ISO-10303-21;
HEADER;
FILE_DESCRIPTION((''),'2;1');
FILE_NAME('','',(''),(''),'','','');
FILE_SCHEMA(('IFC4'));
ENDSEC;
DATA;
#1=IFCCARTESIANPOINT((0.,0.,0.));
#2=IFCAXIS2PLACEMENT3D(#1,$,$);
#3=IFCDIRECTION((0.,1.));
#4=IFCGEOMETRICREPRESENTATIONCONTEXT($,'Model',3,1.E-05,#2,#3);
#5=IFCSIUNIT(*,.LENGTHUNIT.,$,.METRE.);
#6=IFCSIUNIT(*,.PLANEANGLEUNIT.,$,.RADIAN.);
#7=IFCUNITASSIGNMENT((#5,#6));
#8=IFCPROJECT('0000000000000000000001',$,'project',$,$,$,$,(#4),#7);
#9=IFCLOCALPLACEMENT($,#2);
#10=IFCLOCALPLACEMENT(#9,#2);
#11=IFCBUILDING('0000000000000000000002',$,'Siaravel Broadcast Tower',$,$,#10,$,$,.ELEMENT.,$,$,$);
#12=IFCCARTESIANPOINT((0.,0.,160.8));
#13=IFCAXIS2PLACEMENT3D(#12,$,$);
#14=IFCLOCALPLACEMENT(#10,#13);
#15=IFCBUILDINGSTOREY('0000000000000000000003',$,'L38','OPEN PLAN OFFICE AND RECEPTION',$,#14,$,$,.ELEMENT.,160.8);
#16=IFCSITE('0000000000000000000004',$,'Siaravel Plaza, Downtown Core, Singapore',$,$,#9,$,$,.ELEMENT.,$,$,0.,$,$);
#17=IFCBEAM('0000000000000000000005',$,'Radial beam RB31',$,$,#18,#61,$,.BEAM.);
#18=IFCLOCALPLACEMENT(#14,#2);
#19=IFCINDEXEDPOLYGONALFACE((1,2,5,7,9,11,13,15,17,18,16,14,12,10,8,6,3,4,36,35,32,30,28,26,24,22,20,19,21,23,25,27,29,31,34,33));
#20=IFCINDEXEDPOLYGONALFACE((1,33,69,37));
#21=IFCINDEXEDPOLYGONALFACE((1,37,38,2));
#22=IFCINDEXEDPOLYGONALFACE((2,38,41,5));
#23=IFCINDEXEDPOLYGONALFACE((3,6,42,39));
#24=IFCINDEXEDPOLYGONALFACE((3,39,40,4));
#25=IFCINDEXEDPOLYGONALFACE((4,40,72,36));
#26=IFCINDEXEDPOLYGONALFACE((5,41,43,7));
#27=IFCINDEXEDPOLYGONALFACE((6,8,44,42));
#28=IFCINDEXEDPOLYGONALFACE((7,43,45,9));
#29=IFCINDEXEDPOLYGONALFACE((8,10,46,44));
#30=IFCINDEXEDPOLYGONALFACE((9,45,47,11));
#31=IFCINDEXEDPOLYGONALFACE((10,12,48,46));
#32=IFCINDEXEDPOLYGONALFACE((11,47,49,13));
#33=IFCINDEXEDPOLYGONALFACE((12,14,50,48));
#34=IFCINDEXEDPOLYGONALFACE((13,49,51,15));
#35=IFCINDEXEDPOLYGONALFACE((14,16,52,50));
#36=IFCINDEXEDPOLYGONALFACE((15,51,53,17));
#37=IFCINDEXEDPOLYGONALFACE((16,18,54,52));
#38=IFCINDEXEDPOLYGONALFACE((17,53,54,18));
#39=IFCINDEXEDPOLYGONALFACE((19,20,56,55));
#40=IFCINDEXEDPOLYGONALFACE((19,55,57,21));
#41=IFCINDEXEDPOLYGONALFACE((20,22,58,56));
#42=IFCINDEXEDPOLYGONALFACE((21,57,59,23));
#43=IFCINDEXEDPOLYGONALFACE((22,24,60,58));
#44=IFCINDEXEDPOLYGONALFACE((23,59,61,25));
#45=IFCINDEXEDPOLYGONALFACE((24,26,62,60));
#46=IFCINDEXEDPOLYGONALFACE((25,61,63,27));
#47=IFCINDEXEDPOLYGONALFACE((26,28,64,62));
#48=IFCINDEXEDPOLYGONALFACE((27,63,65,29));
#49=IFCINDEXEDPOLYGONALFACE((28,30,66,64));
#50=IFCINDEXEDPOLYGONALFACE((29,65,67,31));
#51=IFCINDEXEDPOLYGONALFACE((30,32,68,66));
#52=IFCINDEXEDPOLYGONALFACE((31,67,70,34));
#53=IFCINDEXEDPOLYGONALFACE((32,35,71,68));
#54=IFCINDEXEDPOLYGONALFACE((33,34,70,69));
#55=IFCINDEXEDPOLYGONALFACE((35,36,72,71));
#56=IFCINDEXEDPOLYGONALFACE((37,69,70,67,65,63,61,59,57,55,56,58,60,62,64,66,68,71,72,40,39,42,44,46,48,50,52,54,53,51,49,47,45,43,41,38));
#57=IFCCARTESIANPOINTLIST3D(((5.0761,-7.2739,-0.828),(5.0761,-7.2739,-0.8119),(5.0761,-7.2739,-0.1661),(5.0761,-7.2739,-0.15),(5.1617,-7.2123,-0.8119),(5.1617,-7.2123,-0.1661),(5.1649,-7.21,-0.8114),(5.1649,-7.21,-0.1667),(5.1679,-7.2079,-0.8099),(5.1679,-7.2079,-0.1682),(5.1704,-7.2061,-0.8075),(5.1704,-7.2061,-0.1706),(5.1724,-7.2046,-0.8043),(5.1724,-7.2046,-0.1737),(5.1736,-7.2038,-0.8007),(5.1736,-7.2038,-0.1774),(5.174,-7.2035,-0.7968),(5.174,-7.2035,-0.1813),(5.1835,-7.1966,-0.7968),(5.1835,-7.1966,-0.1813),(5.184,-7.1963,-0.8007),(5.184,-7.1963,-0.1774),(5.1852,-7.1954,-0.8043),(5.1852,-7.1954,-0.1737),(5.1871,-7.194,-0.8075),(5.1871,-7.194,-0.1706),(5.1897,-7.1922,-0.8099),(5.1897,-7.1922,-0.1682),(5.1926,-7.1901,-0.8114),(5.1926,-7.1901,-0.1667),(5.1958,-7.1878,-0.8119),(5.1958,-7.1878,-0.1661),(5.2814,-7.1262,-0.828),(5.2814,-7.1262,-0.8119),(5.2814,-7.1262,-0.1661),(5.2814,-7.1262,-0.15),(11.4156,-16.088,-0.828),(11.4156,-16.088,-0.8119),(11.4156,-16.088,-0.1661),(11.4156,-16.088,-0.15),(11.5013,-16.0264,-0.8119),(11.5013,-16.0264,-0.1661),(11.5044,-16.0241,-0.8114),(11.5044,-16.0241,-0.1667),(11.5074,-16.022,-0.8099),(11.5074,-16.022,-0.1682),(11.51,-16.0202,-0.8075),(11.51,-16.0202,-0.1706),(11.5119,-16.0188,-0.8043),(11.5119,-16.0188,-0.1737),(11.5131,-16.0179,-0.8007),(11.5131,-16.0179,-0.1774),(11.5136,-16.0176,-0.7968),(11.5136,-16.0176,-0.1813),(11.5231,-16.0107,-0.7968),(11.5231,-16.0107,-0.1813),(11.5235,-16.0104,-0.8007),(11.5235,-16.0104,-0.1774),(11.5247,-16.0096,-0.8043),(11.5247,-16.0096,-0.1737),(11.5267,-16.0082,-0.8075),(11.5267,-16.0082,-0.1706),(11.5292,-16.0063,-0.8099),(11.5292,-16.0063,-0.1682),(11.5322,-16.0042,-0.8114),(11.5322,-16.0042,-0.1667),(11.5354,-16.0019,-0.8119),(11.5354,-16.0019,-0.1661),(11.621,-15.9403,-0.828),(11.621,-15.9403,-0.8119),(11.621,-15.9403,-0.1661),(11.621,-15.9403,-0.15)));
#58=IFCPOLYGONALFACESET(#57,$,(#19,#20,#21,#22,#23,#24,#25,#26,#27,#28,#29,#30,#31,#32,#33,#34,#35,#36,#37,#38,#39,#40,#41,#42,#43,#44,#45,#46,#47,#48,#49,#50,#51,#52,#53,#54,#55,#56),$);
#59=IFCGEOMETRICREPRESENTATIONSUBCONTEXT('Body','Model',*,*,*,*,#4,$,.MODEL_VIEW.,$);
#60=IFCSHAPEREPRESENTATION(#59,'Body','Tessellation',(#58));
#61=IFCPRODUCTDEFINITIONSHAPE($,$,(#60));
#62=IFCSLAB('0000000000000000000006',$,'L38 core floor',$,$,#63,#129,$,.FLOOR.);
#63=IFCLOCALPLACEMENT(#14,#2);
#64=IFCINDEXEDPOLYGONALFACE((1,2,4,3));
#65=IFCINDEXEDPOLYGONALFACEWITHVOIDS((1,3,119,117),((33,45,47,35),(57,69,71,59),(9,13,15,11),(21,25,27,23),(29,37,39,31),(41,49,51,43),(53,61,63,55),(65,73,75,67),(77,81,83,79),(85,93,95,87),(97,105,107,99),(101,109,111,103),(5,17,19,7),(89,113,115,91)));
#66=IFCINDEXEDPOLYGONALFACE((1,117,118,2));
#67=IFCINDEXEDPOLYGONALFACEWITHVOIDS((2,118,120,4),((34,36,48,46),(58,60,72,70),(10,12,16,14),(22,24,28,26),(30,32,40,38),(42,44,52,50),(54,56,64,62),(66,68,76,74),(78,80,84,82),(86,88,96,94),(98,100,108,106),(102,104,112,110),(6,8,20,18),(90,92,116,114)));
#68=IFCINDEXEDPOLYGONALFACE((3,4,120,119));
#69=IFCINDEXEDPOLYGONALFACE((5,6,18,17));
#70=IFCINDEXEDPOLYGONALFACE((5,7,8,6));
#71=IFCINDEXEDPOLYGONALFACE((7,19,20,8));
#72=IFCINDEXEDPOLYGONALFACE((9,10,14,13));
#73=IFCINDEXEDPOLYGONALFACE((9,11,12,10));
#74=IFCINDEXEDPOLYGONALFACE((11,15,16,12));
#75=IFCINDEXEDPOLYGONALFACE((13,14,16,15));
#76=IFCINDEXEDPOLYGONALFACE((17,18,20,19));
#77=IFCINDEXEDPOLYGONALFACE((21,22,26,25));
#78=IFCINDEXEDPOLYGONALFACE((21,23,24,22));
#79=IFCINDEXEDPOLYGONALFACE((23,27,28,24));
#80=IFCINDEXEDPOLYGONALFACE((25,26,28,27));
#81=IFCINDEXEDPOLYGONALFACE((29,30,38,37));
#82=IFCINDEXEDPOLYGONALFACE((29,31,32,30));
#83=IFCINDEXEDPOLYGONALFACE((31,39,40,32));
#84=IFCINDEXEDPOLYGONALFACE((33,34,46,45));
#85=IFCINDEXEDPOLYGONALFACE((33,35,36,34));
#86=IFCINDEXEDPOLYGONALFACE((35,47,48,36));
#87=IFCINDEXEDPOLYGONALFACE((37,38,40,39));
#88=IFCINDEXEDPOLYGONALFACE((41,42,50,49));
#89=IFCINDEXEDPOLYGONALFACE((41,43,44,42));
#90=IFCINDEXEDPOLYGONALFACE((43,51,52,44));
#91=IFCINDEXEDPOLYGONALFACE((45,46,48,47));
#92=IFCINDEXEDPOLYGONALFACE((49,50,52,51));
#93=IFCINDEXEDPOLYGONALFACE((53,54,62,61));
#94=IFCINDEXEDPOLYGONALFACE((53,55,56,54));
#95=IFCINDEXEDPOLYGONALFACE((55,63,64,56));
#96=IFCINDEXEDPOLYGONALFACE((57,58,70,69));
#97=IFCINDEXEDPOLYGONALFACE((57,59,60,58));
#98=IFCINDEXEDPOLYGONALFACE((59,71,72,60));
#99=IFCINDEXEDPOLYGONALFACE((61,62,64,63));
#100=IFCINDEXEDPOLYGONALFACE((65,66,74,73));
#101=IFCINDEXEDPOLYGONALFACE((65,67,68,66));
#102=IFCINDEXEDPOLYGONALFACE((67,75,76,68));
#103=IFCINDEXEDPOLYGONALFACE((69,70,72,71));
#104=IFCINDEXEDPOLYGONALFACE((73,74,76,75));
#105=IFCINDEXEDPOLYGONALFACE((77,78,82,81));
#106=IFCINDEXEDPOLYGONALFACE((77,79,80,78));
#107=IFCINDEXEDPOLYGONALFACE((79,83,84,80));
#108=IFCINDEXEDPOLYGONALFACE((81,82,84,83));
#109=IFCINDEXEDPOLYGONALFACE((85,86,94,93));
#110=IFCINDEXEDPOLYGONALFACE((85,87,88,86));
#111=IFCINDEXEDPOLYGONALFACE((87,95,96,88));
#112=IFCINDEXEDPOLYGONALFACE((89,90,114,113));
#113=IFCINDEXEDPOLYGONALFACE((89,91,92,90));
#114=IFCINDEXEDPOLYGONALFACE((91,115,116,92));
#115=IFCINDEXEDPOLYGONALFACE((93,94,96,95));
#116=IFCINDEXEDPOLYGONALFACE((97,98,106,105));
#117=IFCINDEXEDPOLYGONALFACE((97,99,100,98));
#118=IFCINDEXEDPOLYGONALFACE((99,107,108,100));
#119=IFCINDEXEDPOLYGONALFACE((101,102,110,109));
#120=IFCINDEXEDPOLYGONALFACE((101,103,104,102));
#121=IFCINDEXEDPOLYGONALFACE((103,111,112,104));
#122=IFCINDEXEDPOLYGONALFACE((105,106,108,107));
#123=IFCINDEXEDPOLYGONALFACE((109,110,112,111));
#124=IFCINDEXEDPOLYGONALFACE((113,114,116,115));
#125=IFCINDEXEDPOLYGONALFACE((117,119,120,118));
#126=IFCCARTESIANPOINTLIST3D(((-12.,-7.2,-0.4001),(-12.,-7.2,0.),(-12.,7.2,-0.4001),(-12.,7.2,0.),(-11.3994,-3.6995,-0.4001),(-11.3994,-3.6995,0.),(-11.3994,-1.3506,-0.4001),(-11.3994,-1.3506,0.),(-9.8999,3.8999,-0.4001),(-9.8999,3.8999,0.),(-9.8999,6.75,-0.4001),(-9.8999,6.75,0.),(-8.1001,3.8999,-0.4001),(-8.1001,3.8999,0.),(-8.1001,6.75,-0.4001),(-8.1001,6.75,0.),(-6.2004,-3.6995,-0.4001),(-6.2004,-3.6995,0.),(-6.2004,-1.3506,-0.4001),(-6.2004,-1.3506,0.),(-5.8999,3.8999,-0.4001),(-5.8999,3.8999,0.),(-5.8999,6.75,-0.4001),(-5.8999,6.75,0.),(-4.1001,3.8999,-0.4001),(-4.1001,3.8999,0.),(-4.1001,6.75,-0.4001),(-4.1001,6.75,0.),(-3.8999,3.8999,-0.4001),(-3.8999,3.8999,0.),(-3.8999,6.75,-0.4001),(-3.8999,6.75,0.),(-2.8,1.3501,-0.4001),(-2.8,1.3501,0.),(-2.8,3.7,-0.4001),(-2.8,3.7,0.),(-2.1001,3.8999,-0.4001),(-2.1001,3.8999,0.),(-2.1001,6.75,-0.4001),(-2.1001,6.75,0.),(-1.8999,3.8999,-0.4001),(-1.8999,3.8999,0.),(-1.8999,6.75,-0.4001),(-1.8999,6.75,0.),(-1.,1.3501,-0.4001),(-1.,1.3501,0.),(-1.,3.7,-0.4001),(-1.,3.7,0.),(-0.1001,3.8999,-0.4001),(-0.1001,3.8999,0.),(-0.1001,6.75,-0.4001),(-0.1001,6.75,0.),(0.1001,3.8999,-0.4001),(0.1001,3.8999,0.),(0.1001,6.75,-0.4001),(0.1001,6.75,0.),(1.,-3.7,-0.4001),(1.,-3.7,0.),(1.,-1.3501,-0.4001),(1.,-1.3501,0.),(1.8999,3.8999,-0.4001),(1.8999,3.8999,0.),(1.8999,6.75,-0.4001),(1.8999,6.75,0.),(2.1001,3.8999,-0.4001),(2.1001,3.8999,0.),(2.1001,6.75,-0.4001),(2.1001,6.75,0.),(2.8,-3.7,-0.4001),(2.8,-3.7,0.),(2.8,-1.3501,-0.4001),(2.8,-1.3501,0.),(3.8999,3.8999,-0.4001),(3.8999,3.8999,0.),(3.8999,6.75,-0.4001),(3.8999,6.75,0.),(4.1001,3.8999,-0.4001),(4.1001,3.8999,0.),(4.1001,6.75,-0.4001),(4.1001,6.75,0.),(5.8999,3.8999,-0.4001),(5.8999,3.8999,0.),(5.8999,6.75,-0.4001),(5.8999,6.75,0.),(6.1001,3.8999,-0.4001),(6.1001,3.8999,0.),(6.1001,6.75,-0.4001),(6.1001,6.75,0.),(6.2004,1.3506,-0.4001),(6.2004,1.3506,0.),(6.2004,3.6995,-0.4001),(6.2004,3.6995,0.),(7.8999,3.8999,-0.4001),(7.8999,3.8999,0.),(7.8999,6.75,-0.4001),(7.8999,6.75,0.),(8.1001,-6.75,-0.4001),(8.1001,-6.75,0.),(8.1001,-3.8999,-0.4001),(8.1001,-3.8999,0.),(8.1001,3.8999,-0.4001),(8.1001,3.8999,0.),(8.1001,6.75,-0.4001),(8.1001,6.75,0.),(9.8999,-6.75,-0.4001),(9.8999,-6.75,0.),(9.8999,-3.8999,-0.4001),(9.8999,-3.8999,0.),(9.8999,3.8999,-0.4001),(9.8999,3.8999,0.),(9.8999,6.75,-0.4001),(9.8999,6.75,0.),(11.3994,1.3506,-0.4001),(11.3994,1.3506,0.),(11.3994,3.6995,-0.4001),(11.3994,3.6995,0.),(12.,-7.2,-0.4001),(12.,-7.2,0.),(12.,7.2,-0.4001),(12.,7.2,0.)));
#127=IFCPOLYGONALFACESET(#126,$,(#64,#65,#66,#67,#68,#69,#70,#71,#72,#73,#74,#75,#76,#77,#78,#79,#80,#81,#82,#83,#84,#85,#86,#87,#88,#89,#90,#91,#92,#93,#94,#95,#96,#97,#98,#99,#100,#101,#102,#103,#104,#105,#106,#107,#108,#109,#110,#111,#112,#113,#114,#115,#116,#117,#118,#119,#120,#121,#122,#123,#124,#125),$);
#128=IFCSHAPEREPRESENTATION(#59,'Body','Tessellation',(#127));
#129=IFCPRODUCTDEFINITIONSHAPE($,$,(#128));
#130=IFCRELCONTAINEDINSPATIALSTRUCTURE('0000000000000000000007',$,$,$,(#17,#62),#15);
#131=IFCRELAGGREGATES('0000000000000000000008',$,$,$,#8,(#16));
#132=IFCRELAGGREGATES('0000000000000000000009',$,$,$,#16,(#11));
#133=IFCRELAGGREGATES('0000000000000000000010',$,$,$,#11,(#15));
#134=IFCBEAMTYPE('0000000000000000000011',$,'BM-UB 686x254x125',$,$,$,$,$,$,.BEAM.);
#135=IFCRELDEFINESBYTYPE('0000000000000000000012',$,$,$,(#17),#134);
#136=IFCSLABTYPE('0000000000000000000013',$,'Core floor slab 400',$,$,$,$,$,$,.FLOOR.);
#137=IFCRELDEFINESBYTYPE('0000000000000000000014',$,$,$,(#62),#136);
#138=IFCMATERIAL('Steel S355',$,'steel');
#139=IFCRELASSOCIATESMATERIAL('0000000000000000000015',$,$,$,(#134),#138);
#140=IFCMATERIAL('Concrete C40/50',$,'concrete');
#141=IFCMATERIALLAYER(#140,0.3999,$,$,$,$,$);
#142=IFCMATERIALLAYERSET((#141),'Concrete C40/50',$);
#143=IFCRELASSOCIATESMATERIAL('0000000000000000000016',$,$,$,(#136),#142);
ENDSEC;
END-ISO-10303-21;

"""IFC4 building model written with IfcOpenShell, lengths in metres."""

from ifc_helpers import new_model, si_unit, direction, frame, origin, origin_2d, place, context, subcontext, project, spatial, polyline, i_section, outline, extrude, material, layer, layer_set, material_profile, profile_set, type_object, element, save


model = new_model("IFC4")

# Units and contexts
model_context = context("Model", 3, precision=1e-05, world=origin(), true_north=direction((0.0, 1.0)))
body_context = subcontext(model_context, "Body", "Model", "MODEL_VIEW")
ifc_project = project(units=[si_unit("LENGTHUNIT", "METRE"), si_unit("PLANEANGLEUNIT", "RADIAN")], contexts=[model_context])

# Site, building, storey
site_placement = place(None, origin())
site = spatial("IfcSite", under=ifc_project, at=site_placement, Name="Siaravel Plaza, Downtown Core, Singapore", CompositionType="ELEMENT", RefElevation=0.0)
building_placement = place(site_placement, origin())
building = spatial("IfcBuilding", under=site, at=building_placement, Name="Siaravel Broadcast Tower", CompositionType="ELEMENT")
storey_placement = place(building_placement, frame((0.0, 0.0, 160.8)))
storey = spatial("IfcBuildingStorey", under=building, at=storey_placement, Name="L38", Description="OPEN PLAN OFFICE AND RECEPTION", CompositionType="ELEMENT", Elevation=160.8)

# Beam
ifc_material_1 = material(Name="Steel S355", Category="steel")
ifc_material_profile = material_profile(ifc_material_1, i_section(OverallWidth=0.2529, OverallDepth=0.678, WebThickness=0.0117, FlangeThickness=0.0161, FilletRadius=0.0151, at=origin_2d()))
ifc_profile_set = profile_set([ifc_material_profile], Name="Steel S355")
beam_type = type_object("IfcBeamType", Name="BM-UB 686x254x125", PredefinedType="BEAM", material=ifc_profile_set)
beam_placement = place(storey_placement, frame((11.5183, -16.0142, -0.489), z_axis=(-0.583902, 0.811824, 0.0), x_axis=(-0.811824, -0.583902, 0.0)))
element("IfcBeam", 1, at=beam_placement, inside=storey, type_object=beam_type, Name="Radial beam RB31", PredefinedType="BEAM", context=body_context, shape_type="SweptSolid", body=[
    extrude(i_section(OverallWidth=0.2529, OverallDepth=0.678, WebThickness=0.0117, FlangeThickness=0.0161, FilletRadius=0.0151, at=origin_2d()), origin(), (0.0, 0.0, 1.0), 10.8572),
])

# Slab
ifc_material_2 = material(Name="Concrete C40/50", Category="concrete")
ifc_layer_1 = layer(ifc_material_2, 0.3999)
ifc_layer_set_1 = layer_set([ifc_layer_1], Name="Concrete C40/50")
slab_type_1 = type_object("IfcSlabType", Name="Core floor slab 400", PredefinedType="FLOOR", material=ifc_layer_set_1)
slab_1_placement = place(storey_placement, frame((0.0, 0.0, -0.4001)))
element("IfcSlab", 2, at=slab_1_placement, inside=storey, type_object=slab_type_1, Name="L38 core floor", PredefinedType="FLOOR", context=body_context, shape_type="SweptSolid", body=[
    extrude(outline(polyline([(-12.0, -7.2), (-12.0, 7.2), (12.0, 7.2), (12.0, -7.2), (-12.0, -7.2)]), holes=[polyline([(11.3994, 1.3506), (11.3994, 3.6995), (6.2004, 3.6995), (6.2004, 1.3506), (11.3994, 1.3506)]), polyline([(8.1001, -3.8999), (8.1001, -6.75), (9.8999, -6.75), (9.8999, -3.8999), (8.1001, -3.8999)]), polyline([(9.8999, 6.75), (8.1001, 6.75), (8.1001, 3.8999), (9.8999, 3.8999), (9.8999, 6.75)]), polyline([(7.8999, 6.75), (6.1001, 6.75), (6.1001, 3.8999), (7.8999, 3.8999), (7.8999, 6.75)]), polyline([(5.8999, 6.75), (4.1001, 6.75), (4.1001, 3.8999), (5.8999, 3.8999), (5.8999, 6.75)]), polyline([(3.8999, 6.75), (2.1001, 6.75), (2.1001, 3.8999), (3.8999, 3.8999), (3.8999, 6.75)]), polyline([(2.8, -1.3501), (1.0, -1.3501), (1.0, -3.7), (2.8, -3.7), (2.8, -1.3501)]), polyline([(1.8999, 6.75), (0.1001, 6.75), (0.1001, 3.8999), (1.8999, 3.8999), (1.8999, 6.75)]), polyline([(-0.1001, 6.75), (-1.8999, 6.75), (-1.8999, 3.8999), (-0.1001, 3.8999), (-0.1001, 6.75)]), polyline([(-1.0, 3.7), (-2.8, 3.7), (-2.8, 1.3501), (-1.0, 1.3501), (-1.0, 3.7)]), polyline([(-2.1001, 6.75), (-3.8999, 6.75), (-3.8999, 3.8999), (-2.1001, 3.8999), (-2.1001, 6.75)]), polyline([(-4.1001, 6.75), (-5.8999, 6.75), (-5.8999, 3.8999), (-4.1001, 3.8999), (-4.1001, 6.75)]), polyline([(-11.3994, -3.6995), (-6.2004, -3.6995), (-6.2004, -1.3506), (-11.3994, -1.3506), (-11.3994, -3.6995)]), polyline([(-8.1001, 6.75), (-9.8999, 6.75), (-9.8999, 3.8999), (-8.1001, 3.8999), (-8.1001, 6.75)])]), origin(), (0.0, 0.0, 1.0), 0.4001),
])

save(model, "model.ifc")
